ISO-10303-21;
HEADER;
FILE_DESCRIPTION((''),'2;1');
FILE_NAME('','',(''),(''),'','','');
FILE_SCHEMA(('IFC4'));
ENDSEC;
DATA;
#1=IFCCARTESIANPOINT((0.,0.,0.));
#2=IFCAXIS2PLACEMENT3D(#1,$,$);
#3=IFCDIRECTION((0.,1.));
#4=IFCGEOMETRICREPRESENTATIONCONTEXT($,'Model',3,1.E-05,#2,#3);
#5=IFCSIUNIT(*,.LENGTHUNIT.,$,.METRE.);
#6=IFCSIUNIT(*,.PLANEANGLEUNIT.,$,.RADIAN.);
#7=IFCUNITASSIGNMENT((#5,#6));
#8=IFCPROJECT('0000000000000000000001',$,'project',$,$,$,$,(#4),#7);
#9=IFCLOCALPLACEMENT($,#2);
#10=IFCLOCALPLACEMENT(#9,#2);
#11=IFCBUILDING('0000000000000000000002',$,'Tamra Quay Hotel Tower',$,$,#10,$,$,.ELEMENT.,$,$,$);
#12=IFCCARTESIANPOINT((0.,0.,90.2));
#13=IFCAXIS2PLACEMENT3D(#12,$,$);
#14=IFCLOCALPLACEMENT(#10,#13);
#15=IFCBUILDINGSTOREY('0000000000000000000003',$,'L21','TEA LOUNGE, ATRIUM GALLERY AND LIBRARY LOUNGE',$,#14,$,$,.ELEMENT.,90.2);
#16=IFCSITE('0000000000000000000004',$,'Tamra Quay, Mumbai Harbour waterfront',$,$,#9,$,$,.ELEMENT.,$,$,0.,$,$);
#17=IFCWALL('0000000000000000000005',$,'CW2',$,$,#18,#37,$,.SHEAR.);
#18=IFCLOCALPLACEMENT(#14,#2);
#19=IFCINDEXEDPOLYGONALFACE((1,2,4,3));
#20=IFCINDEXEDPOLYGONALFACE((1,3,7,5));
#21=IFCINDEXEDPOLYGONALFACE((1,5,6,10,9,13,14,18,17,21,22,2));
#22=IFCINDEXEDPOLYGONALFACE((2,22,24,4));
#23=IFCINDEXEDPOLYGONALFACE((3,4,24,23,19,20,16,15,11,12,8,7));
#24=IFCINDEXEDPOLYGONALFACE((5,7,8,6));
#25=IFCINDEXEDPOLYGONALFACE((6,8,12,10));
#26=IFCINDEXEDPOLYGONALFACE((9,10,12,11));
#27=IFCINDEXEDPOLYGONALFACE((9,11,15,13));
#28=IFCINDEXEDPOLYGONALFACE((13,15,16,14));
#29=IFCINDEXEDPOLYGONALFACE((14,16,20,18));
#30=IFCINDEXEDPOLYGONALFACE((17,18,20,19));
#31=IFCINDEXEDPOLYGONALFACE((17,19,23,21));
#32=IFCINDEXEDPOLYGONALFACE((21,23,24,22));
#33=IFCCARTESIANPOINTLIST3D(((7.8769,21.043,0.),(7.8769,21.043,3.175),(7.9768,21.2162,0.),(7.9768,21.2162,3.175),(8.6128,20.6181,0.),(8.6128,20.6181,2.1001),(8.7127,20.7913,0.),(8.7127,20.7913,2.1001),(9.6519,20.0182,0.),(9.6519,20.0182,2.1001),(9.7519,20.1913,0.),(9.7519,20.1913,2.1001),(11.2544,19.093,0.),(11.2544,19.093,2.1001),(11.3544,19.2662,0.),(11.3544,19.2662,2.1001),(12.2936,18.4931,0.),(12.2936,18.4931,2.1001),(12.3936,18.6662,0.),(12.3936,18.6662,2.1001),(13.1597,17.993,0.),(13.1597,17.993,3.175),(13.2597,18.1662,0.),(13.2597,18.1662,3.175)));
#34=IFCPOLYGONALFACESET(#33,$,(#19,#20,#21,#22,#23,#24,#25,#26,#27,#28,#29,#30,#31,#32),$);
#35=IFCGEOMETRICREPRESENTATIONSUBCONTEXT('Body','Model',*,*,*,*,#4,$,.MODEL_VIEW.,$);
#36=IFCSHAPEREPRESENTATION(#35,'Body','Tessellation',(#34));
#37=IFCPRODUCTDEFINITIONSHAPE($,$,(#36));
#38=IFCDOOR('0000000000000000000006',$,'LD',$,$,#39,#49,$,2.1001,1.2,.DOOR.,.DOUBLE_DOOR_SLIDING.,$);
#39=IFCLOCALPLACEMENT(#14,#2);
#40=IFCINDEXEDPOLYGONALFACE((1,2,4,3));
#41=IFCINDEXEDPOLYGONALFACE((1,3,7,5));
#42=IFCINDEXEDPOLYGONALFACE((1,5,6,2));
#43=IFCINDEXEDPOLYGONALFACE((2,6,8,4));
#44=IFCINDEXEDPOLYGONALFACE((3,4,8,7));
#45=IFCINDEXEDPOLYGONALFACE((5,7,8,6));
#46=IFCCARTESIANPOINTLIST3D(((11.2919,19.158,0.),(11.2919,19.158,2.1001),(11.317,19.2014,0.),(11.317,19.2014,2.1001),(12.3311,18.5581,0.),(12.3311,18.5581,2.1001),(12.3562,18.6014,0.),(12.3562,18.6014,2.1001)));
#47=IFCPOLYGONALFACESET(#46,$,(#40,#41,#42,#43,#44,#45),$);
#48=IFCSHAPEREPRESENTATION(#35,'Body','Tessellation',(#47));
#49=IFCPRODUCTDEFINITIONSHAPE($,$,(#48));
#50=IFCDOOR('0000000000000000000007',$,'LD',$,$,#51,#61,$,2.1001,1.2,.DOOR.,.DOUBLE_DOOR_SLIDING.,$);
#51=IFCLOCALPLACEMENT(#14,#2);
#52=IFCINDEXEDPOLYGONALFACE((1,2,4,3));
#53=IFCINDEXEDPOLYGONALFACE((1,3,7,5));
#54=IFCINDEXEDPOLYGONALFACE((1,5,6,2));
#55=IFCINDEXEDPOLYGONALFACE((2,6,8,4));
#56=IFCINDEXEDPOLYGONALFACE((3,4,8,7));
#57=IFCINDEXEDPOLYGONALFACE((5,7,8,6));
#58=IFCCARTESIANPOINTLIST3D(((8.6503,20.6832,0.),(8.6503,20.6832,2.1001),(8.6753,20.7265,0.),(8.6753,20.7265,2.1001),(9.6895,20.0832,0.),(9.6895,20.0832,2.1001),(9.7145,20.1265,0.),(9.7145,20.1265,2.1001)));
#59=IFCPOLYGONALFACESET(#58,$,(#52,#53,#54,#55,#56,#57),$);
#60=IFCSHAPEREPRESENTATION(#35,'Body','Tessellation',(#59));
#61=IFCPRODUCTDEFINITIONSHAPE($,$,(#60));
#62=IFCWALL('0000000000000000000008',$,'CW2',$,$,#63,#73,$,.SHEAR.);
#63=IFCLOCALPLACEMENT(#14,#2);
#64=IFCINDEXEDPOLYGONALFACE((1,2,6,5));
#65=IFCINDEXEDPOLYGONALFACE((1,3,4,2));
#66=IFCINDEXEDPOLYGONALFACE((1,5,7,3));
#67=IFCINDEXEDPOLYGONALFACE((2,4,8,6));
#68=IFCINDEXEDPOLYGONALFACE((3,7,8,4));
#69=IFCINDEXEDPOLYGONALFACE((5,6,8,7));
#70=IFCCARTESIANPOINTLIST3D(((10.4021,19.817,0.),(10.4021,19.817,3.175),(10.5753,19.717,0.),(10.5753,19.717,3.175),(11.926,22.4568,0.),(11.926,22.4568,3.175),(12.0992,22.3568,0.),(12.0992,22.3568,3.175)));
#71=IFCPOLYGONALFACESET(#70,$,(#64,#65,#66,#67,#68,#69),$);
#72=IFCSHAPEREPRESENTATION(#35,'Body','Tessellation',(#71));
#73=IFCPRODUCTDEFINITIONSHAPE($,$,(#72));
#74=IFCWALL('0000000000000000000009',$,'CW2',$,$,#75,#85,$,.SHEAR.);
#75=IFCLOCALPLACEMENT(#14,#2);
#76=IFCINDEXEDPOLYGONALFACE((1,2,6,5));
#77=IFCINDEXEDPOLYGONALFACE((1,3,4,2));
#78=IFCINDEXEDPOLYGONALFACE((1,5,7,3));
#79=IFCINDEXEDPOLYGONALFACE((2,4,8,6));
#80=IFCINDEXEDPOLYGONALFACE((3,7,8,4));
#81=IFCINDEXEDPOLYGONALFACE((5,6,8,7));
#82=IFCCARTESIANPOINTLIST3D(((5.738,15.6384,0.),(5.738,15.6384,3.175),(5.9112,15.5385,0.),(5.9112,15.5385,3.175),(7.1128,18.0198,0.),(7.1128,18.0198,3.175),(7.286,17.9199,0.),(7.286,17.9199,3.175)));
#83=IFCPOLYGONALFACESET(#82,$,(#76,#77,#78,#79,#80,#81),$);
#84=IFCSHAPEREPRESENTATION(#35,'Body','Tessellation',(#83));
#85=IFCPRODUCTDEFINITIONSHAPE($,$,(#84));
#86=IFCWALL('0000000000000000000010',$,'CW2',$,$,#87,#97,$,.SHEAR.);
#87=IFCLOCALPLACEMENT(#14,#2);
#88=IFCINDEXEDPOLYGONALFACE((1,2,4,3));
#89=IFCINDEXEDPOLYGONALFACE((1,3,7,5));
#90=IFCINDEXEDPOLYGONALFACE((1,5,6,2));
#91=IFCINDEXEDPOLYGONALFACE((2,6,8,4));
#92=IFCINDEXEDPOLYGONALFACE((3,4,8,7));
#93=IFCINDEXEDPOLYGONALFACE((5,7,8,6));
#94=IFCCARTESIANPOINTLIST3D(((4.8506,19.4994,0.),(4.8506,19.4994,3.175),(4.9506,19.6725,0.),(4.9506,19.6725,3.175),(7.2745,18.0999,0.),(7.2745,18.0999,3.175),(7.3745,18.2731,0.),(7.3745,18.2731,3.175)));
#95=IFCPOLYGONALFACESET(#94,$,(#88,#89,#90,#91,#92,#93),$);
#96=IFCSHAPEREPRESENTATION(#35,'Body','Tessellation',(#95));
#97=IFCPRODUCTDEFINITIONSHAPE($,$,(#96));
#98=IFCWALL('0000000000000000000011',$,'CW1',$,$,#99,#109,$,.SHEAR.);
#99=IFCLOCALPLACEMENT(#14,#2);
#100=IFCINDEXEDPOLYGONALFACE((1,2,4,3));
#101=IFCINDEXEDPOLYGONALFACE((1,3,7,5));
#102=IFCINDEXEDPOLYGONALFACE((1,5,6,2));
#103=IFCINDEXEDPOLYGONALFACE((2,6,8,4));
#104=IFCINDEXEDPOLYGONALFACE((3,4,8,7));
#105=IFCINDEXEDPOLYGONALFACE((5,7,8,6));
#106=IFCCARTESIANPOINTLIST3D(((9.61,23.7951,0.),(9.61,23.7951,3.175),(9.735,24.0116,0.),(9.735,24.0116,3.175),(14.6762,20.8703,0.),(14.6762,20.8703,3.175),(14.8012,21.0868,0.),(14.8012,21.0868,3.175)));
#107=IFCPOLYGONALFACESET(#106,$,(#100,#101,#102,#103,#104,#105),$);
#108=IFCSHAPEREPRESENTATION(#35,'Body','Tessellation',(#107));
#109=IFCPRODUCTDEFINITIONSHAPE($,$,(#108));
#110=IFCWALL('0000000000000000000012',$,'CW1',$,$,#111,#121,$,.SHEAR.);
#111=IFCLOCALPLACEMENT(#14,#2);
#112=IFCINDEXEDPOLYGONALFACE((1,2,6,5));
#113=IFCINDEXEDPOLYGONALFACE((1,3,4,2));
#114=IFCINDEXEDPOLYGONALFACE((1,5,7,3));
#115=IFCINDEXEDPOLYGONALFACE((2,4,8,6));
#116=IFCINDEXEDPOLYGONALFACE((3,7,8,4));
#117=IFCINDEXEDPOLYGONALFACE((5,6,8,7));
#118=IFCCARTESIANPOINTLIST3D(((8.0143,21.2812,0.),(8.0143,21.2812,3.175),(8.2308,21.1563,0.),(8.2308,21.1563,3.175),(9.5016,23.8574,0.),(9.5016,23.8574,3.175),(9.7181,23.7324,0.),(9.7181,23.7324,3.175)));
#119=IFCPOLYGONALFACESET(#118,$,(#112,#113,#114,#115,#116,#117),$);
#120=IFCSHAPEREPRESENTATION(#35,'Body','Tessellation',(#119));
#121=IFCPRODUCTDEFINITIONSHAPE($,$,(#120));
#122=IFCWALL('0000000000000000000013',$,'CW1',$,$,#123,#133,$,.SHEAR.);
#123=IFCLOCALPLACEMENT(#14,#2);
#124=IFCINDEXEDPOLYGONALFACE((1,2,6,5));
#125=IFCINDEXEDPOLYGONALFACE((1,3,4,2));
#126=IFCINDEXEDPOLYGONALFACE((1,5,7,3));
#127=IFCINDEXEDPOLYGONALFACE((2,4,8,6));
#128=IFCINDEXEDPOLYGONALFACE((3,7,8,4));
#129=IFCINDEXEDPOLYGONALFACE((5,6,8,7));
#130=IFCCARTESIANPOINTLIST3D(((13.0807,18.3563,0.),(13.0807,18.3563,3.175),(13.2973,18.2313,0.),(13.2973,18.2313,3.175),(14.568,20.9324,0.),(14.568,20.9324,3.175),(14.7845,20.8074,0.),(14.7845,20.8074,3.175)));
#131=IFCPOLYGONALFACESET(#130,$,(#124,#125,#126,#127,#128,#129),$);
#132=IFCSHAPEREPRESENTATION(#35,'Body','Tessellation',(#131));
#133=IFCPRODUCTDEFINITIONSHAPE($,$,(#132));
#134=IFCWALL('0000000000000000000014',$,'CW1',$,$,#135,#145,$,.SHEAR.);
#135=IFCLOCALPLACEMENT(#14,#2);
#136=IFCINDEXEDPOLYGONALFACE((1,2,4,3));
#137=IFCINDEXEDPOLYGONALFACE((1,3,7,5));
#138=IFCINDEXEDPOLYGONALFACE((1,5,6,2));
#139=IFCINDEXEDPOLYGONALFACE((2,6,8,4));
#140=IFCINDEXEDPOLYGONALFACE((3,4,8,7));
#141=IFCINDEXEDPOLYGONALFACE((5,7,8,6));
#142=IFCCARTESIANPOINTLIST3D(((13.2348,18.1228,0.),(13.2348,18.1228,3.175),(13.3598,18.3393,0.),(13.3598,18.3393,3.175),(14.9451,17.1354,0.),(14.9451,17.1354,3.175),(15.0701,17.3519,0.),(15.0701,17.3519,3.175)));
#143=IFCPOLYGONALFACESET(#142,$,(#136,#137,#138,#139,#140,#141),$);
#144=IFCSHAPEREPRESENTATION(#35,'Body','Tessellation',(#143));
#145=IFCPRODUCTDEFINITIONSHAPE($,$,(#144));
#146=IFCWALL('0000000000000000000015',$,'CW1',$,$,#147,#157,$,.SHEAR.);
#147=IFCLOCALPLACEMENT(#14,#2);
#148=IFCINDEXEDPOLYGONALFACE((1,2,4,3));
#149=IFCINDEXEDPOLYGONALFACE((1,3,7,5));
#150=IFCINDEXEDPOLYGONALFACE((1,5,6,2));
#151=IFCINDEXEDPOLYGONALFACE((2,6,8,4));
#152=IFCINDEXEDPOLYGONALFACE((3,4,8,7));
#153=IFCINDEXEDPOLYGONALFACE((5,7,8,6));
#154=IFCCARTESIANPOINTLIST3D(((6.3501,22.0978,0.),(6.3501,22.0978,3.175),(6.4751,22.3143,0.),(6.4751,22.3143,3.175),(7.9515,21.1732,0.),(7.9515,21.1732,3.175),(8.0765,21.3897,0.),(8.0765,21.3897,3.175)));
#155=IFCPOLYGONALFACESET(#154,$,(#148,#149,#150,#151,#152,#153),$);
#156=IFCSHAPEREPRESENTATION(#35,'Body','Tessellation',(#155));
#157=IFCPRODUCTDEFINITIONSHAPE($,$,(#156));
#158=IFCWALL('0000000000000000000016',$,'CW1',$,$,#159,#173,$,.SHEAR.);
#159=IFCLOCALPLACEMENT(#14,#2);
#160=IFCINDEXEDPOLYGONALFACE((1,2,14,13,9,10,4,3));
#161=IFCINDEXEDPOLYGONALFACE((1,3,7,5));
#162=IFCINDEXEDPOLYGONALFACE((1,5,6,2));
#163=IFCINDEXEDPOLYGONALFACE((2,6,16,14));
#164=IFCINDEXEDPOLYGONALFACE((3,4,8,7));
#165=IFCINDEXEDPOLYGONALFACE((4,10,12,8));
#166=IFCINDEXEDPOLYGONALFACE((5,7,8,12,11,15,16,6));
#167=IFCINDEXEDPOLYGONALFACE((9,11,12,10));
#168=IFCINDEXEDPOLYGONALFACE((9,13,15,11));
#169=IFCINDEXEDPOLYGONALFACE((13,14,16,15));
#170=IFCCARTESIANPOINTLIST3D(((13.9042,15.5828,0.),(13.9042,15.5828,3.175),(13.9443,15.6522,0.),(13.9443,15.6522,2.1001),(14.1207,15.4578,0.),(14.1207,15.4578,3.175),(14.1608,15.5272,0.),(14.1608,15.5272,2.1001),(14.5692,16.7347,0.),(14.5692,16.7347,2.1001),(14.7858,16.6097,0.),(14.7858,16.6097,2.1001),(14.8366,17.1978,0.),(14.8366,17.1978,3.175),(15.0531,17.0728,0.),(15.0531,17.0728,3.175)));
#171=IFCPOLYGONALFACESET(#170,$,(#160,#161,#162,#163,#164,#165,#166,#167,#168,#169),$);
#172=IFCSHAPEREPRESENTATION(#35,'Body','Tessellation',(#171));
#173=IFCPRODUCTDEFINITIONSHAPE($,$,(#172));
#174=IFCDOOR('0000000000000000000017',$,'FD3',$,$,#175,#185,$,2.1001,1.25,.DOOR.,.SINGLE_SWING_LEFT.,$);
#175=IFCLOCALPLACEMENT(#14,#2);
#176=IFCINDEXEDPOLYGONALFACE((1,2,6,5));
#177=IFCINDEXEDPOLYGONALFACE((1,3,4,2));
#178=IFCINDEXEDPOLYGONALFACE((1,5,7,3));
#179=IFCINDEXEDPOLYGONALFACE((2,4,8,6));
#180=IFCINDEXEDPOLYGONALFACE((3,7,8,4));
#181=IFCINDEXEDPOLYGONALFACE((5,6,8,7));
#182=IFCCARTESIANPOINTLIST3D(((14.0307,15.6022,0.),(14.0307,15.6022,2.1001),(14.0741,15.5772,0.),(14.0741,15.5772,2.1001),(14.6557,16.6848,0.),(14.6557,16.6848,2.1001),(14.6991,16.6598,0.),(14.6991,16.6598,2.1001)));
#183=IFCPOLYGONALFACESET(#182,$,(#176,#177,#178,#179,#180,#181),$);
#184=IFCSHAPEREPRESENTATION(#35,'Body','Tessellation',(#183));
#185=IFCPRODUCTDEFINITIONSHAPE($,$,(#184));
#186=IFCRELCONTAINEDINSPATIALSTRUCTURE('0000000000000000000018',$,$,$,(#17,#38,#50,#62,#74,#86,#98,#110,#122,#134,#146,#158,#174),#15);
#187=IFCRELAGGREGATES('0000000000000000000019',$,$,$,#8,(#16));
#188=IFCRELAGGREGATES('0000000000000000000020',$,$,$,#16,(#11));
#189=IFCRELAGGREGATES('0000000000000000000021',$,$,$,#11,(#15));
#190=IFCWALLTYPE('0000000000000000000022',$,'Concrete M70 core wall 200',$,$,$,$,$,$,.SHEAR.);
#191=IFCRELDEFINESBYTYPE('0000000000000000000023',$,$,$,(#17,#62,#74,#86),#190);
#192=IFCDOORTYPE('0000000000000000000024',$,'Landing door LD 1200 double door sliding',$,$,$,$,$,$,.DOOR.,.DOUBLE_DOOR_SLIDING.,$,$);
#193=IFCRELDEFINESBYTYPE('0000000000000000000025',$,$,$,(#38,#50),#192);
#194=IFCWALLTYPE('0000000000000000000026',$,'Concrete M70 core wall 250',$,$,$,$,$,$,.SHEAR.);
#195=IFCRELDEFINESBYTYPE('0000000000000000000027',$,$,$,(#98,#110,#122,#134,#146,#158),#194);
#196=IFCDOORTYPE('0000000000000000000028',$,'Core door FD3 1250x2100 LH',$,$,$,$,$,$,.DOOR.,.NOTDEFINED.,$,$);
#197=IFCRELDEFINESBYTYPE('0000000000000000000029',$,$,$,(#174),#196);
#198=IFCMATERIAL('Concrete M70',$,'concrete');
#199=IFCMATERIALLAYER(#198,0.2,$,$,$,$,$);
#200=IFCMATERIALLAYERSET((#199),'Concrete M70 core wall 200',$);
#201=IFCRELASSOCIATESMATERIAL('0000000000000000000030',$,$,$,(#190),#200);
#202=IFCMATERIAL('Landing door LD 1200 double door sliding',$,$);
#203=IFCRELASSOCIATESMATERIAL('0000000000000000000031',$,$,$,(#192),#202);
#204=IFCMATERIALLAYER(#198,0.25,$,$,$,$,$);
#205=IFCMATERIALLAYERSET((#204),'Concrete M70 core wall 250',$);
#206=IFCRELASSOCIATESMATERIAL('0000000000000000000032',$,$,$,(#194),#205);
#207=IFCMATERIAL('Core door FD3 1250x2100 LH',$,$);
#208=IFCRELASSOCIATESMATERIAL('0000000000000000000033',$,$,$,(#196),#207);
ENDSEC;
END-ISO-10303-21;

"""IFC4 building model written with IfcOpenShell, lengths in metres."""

from ifc_helpers import new_model, si_unit, direction, frame, frame_2d, origin, place, context, subcontext, project, spatial, rectangle, extrude, material, layer, layer_set, type_object, element, fill, save


model = new_model("IFC4")

# Units and contexts
model_context = context("Model", 3, precision=1e-05, world=origin(), true_north=direction((0.0, 1.0)))
body_context = subcontext(model_context, "Body", "Model", "MODEL_VIEW")
ifc_project = project(units=[si_unit("LENGTHUNIT", "METRE"), si_unit("PLANEANGLEUNIT", "RADIAN")], contexts=[model_context])

# Site, building, storey
site_placement = place(None, origin())
site = spatial("IfcSite", under=ifc_project, at=site_placement, Name="Tamra Quay, Mumbai Harbour waterfront", CompositionType="ELEMENT", RefElevation=0.0)
building_placement = place(site_placement, origin())
building = spatial("IfcBuilding", under=site, at=building_placement, Name="Tamra Quay Hotel Tower", CompositionType="ELEMENT")
storey_placement = place(building_placement, frame((0.0, 0.0, 90.2)))
storey = spatial("IfcBuildingStorey", under=building, at=storey_placement, Name="L21", Description="TEA LOUNGE, ATRIUM GALLERY AND LIBRARY LOUNGE", CompositionType="ELEMENT", Elevation=90.2)

# Shared definitions
ifc_material_1 = material(Name="Concrete M70", Category="concrete")

# Wall, openings, doors
ifc_layer_1 = layer(ifc_material_1, 0.2)
ifc_layer_set_1 = layer_set([ifc_layer_1], Name="Concrete M70 core wall 200")
wall_type_1 = type_object("IfcWallType", Name="Concrete M70 core wall 200", PredefinedType="SHEAR", material=ifc_layer_set_1)
wall_1_placement = place(storey_placement, frame((13.2097, 18.0796, 0.0), z_axis=(0.0, 0.0, 1.0), x_axis=(-0.86603, 0.499992, 0.0)))
wall_1 = element("IfcWall", 1, at=wall_1_placement, inside=storey, type_object=wall_type_1, Name="CW2", PredefinedType="SHEAR", context=body_context, shape_type="SweptSolid", body=[
    extrude(rectangle(XDim=6.1001, YDim=0.2, at=frame_2d((3.05, 0.0))), origin(), (0.0, 0.0, 1.0), 3.175),
])
opening_1_placement = place(wall_1_placement, frame((1.0, 0.0, 0.0)))
opening_1 = element("IfcOpeningElement", 2, at=opening_1_placement, cuts=wall_1, PredefinedType="OPENING", context=body_context, shape_type="SweptSolid", body=[
    extrude(rectangle(XDim=1.2, YDim=2.1001, at=frame_2d((0.6001, 1.05))), frame((0.0, 0.1099, 0.0), z_axis=(0.0, -1.0, 0.0), x_axis=(1.0, 0.0, 0.0)), (0.0, 0.0, 1.0), 0.22),
])
opening_2_placement = place(wall_1_placement, frame((4.0503, 0.0, 0.0)))
opening_2 = element("IfcOpeningElement", 3, at=opening_2_placement, cuts=wall_1, PredefinedType="OPENING", context=body_context, shape_type="SweptSolid", body=[
    extrude(rectangle(XDim=1.2, YDim=2.1001, at=frame_2d((0.6001, 1.05))), frame((0.0, 0.1099, 0.0), z_axis=(0.0, -1.0, 0.0), x_axis=(1.0, 0.0, 0.0)), (0.0, 0.0, 1.0), 0.22),
])
ifc_material_2 = material(Name="Landing door LD 1200 double door sliding")
door_type_1 = type_object("IfcDoorType", Name="Landing door LD 1200 double door sliding", OperationType="DOUBLE_DOOR_SLIDING", PredefinedType="DOOR", material=ifc_material_2)
door_1_placement = place(opening_1_placement, origin())
door_1 = element("IfcDoor", 4, at=door_1_placement, inside=storey, type_object=door_type_1, Name="LD", OperationType="DOUBLE_DOOR_SLIDING", OverallHeight=2.1001, OverallWidth=1.2, PredefinedType="DOOR", context=body_context, shape_type="SweptSolid", body=[
    extrude(rectangle(XDim=1.2, YDim=2.1001, at=frame_2d((0.6001, 1.05))), frame((0.0, 0.0249, 0.0), z_axis=(0.0, -1.0, 0.0), x_axis=(1.0, 0.0, 0.0)), (0.0, 0.0, 1.0), 0.05),
])
fill(opening_1, door_1)
door_2_placement = place(opening_2_placement, origin())
door_2 = element("IfcDoor", 5, at=door_2_placement, inside=storey, type_object=door_type_1, Name="LD", OperationType="DOUBLE_DOOR_SLIDING", OverallHeight=2.1001, OverallWidth=1.2, PredefinedType="DOOR", context=body_context, shape_type="SweptSolid", body=[
    extrude(rectangle(XDim=1.2, YDim=2.1001, at=frame_2d((0.6001, 1.05))), frame((0.0, 0.0249, 0.0), z_axis=(0.0, -1.0, 0.0), x_axis=(1.0, 0.0, 0.0)), (0.0, 0.0, 1.0), 0.05),
])
fill(opening_2, door_2)

# Walls
wall_2_placement = place(storey_placement, frame((10.4888, 19.7671, 0.0), z_axis=(0.0, 0.0, 1.0), x_axis=(0.499947, 0.866056, 0.0)))
element("IfcWall", 6, at=wall_2_placement, inside=storey, type_object=wall_type_1, Name="CW2", PredefinedType="SHEAR", context=body_context, shape_type="SweptSolid", body=[
    extrude(rectangle(XDim=3.0481, YDim=0.2, at=frame_2d((1.5239, 0.0))), origin(), (0.0, 0.0, 1.0), 3.175),
])
wall_3_placement = place(storey_placement, frame((7.1995, 17.97, 0.0), z_axis=(0.0, 0.0, 1.0), x_axis=(-0.499968, -0.866044, 0.0)))
element("IfcWall", 7, at=wall_3_placement, inside=storey, type_object=wall_type_1, Name="CW2", PredefinedType="SHEAR", context=body_context, shape_type="SweptSolid", body=[
    extrude(rectangle(XDim=2.7498, YDim=0.2, at=frame_2d((1.375, 0.0))), origin(), (0.0, 0.0, 1.0), 3.175),
])
wall_4_placement = place(storey_placement, frame((4.9006, 19.5859, 0.0), z_axis=(0.0, 0.0, 1.0), x_axis=(0.866023, -0.500004, 0.0)))
element("IfcWall", 8, at=wall_4_placement, inside=storey, type_object=wall_type_1, Name="CW2", PredefinedType="SHEAR", context=body_context, shape_type="SweptSolid", body=[
    extrude(rectangle(XDim=2.7988, YDim=0.2, at=frame_2d((1.3994, 0.0))), origin(), (0.0, 0.0, 1.0), 3.175),
])
ifc_layer_2 = layer(ifc_material_1, 0.25)
ifc_layer_set_2 = layer_set([ifc_layer_2], Name="Concrete M70 core wall 250")
wall_type_2 = type_object("IfcWallType", Name="Concrete M70 core wall 250", PredefinedType="SHEAR", material=ifc_layer_set_2)
wall_5_placement = place(storey_placement, frame((9.6726, 23.9033, 0.0), z_axis=(0.0, 0.0, 1.0), x_axis=(0.866036, -0.499981, 0.0)))
element("IfcWall", 9, at=wall_5_placement, inside=storey, type_object=wall_type_2, Name="CW1", PredefinedType="SHEAR", context=body_context, shape_type="SweptSolid", body=[
    extrude(rectangle(XDim=5.8499, YDim=0.25, at=frame_2d((2.9248, 0.0))), origin(), (0.0, 0.0, 1.0), 3.175),
])
for number, where, z_axis, x_axis, name in (
    (10, (8.1226, 21.2188, 0.0), (0.0, 0.0, 1.0), (0.499988, 0.866033, 0.0), "CW1"),
    (11, (14.6763, 20.8699, 0.0), (0.0, 0.0, 1.0), (-0.499988, -0.866033, 0.0), "CW1"),
):
    element("IfcWall", number, at=place(storey_placement, frame(where, z_axis=z_axis, x_axis=x_axis)), inside=storey, type_object=wall_type_2, Name=name, PredefinedType="SHEAR", context=body_context, shape_type="SweptSolid", body=[
        extrude(rectangle(XDim=2.9746, YDim=0.25, at=frame_2d((1.4873, 0.0))), origin(), (0.0, 0.0, 1.0), 3.175),
    ])
wall_6_placement = place(storey_placement, frame((13.2974, 18.231, 0.0), z_axis=(0.0, 0.0, 1.0), x_axis=(0.866044, -0.499969, 0.0)))
element("IfcWall", 12, at=wall_6_placement, inside=storey, type_object=wall_type_2, Name="CW1", PredefinedType="SHEAR", context=body_context, shape_type="SweptSolid", body=[
    extrude(rectangle(XDim=1.9749, YDim=0.25, at=frame_2d((0.9873, 0.0))), origin(), (0.0, 0.0, 1.0), 3.175),
])
wall_7_placement = place(storey_placement, frame((6.4126, 22.2061, 0.0), z_axis=(0.0, 0.0, 1.0), x_axis=(0.866016, -0.500016, 0.0)))
element("IfcWall", 13, at=wall_7_placement, inside=storey, type_object=wall_type_2, Name="CW1", PredefinedType="SHEAR", context=body_context, shape_type="SweptSolid", body=[
    extrude(rectangle(XDim=1.8491, YDim=0.25, at=frame_2d((0.9246, 0.0))), origin(), (0.0, 0.0, 1.0), 3.175),
])

# Wall, opening, door
wall_8_placement = place(storey_placement, frame((14.9448, 17.1353, 0.0), z_axis=(0.0, 0.0, 1.0), x_axis=(-0.499983, -0.866035, 0.0)))
wall_8 = element("IfcWall", 14, at=wall_8_placement, inside=storey, type_object=wall_type_2, Name="CW1", PredefinedType="SHEAR", context=body_context, shape_type="SweptSolid", body=[
    extrude(rectangle(XDim=1.8647, YDim=0.25, at=frame_2d((0.9324, 0.0))), origin(), (0.0, 0.0, 1.0), 3.175),
])
opening_3_placement = place(wall_8_placement, frame((0.5347, 0.0, 0.0)))
opening_3 = element("IfcOpeningElement", 15, at=opening_3_placement, cuts=wall_8, PredefinedType="OPENING", context=body_context, shape_type="SweptSolid", body=[
    extrude(rectangle(XDim=1.25, YDim=2.1001, at=frame_2d((0.625, 1.05))), frame((0.0, 0.135, 0.0), z_axis=(0.0, -1.0, 0.0), x_axis=(1.0, 0.0, 0.0)), (0.0, 0.0, 1.0), 0.27),
])
ifc_material_3 = material(Name="Core door FD3 1250x2100 LH")
door_type_2 = type_object("IfcDoorType", Name="Core door FD3 1250x2100 LH", OperationType="NOTDEFINED", PredefinedType="DOOR", material=ifc_material_3)
door_3_placement = place(opening_3_placement, origin())
door_3 = element("IfcDoor", 16, at=door_3_placement, inside=storey, type_object=door_type_2, Name="FD3", OperationType="SINGLE_SWING_LEFT", OverallHeight=2.1001, OverallWidth=1.25, PredefinedType="DOOR", context=body_context, shape_type="SweptSolid", body=[
    extrude(rectangle(XDim=1.25, YDim=2.1001, at=frame_2d((0.625, 1.05))), frame((0.0, 0.0249, 0.0), z_axis=(0.0, -1.0, 0.0), x_axis=(1.0, 0.0, 0.0)), (0.0, 0.0, 1.0), 0.05),
])
fill(opening_3, door_3)

save(model, "model.ifc")
